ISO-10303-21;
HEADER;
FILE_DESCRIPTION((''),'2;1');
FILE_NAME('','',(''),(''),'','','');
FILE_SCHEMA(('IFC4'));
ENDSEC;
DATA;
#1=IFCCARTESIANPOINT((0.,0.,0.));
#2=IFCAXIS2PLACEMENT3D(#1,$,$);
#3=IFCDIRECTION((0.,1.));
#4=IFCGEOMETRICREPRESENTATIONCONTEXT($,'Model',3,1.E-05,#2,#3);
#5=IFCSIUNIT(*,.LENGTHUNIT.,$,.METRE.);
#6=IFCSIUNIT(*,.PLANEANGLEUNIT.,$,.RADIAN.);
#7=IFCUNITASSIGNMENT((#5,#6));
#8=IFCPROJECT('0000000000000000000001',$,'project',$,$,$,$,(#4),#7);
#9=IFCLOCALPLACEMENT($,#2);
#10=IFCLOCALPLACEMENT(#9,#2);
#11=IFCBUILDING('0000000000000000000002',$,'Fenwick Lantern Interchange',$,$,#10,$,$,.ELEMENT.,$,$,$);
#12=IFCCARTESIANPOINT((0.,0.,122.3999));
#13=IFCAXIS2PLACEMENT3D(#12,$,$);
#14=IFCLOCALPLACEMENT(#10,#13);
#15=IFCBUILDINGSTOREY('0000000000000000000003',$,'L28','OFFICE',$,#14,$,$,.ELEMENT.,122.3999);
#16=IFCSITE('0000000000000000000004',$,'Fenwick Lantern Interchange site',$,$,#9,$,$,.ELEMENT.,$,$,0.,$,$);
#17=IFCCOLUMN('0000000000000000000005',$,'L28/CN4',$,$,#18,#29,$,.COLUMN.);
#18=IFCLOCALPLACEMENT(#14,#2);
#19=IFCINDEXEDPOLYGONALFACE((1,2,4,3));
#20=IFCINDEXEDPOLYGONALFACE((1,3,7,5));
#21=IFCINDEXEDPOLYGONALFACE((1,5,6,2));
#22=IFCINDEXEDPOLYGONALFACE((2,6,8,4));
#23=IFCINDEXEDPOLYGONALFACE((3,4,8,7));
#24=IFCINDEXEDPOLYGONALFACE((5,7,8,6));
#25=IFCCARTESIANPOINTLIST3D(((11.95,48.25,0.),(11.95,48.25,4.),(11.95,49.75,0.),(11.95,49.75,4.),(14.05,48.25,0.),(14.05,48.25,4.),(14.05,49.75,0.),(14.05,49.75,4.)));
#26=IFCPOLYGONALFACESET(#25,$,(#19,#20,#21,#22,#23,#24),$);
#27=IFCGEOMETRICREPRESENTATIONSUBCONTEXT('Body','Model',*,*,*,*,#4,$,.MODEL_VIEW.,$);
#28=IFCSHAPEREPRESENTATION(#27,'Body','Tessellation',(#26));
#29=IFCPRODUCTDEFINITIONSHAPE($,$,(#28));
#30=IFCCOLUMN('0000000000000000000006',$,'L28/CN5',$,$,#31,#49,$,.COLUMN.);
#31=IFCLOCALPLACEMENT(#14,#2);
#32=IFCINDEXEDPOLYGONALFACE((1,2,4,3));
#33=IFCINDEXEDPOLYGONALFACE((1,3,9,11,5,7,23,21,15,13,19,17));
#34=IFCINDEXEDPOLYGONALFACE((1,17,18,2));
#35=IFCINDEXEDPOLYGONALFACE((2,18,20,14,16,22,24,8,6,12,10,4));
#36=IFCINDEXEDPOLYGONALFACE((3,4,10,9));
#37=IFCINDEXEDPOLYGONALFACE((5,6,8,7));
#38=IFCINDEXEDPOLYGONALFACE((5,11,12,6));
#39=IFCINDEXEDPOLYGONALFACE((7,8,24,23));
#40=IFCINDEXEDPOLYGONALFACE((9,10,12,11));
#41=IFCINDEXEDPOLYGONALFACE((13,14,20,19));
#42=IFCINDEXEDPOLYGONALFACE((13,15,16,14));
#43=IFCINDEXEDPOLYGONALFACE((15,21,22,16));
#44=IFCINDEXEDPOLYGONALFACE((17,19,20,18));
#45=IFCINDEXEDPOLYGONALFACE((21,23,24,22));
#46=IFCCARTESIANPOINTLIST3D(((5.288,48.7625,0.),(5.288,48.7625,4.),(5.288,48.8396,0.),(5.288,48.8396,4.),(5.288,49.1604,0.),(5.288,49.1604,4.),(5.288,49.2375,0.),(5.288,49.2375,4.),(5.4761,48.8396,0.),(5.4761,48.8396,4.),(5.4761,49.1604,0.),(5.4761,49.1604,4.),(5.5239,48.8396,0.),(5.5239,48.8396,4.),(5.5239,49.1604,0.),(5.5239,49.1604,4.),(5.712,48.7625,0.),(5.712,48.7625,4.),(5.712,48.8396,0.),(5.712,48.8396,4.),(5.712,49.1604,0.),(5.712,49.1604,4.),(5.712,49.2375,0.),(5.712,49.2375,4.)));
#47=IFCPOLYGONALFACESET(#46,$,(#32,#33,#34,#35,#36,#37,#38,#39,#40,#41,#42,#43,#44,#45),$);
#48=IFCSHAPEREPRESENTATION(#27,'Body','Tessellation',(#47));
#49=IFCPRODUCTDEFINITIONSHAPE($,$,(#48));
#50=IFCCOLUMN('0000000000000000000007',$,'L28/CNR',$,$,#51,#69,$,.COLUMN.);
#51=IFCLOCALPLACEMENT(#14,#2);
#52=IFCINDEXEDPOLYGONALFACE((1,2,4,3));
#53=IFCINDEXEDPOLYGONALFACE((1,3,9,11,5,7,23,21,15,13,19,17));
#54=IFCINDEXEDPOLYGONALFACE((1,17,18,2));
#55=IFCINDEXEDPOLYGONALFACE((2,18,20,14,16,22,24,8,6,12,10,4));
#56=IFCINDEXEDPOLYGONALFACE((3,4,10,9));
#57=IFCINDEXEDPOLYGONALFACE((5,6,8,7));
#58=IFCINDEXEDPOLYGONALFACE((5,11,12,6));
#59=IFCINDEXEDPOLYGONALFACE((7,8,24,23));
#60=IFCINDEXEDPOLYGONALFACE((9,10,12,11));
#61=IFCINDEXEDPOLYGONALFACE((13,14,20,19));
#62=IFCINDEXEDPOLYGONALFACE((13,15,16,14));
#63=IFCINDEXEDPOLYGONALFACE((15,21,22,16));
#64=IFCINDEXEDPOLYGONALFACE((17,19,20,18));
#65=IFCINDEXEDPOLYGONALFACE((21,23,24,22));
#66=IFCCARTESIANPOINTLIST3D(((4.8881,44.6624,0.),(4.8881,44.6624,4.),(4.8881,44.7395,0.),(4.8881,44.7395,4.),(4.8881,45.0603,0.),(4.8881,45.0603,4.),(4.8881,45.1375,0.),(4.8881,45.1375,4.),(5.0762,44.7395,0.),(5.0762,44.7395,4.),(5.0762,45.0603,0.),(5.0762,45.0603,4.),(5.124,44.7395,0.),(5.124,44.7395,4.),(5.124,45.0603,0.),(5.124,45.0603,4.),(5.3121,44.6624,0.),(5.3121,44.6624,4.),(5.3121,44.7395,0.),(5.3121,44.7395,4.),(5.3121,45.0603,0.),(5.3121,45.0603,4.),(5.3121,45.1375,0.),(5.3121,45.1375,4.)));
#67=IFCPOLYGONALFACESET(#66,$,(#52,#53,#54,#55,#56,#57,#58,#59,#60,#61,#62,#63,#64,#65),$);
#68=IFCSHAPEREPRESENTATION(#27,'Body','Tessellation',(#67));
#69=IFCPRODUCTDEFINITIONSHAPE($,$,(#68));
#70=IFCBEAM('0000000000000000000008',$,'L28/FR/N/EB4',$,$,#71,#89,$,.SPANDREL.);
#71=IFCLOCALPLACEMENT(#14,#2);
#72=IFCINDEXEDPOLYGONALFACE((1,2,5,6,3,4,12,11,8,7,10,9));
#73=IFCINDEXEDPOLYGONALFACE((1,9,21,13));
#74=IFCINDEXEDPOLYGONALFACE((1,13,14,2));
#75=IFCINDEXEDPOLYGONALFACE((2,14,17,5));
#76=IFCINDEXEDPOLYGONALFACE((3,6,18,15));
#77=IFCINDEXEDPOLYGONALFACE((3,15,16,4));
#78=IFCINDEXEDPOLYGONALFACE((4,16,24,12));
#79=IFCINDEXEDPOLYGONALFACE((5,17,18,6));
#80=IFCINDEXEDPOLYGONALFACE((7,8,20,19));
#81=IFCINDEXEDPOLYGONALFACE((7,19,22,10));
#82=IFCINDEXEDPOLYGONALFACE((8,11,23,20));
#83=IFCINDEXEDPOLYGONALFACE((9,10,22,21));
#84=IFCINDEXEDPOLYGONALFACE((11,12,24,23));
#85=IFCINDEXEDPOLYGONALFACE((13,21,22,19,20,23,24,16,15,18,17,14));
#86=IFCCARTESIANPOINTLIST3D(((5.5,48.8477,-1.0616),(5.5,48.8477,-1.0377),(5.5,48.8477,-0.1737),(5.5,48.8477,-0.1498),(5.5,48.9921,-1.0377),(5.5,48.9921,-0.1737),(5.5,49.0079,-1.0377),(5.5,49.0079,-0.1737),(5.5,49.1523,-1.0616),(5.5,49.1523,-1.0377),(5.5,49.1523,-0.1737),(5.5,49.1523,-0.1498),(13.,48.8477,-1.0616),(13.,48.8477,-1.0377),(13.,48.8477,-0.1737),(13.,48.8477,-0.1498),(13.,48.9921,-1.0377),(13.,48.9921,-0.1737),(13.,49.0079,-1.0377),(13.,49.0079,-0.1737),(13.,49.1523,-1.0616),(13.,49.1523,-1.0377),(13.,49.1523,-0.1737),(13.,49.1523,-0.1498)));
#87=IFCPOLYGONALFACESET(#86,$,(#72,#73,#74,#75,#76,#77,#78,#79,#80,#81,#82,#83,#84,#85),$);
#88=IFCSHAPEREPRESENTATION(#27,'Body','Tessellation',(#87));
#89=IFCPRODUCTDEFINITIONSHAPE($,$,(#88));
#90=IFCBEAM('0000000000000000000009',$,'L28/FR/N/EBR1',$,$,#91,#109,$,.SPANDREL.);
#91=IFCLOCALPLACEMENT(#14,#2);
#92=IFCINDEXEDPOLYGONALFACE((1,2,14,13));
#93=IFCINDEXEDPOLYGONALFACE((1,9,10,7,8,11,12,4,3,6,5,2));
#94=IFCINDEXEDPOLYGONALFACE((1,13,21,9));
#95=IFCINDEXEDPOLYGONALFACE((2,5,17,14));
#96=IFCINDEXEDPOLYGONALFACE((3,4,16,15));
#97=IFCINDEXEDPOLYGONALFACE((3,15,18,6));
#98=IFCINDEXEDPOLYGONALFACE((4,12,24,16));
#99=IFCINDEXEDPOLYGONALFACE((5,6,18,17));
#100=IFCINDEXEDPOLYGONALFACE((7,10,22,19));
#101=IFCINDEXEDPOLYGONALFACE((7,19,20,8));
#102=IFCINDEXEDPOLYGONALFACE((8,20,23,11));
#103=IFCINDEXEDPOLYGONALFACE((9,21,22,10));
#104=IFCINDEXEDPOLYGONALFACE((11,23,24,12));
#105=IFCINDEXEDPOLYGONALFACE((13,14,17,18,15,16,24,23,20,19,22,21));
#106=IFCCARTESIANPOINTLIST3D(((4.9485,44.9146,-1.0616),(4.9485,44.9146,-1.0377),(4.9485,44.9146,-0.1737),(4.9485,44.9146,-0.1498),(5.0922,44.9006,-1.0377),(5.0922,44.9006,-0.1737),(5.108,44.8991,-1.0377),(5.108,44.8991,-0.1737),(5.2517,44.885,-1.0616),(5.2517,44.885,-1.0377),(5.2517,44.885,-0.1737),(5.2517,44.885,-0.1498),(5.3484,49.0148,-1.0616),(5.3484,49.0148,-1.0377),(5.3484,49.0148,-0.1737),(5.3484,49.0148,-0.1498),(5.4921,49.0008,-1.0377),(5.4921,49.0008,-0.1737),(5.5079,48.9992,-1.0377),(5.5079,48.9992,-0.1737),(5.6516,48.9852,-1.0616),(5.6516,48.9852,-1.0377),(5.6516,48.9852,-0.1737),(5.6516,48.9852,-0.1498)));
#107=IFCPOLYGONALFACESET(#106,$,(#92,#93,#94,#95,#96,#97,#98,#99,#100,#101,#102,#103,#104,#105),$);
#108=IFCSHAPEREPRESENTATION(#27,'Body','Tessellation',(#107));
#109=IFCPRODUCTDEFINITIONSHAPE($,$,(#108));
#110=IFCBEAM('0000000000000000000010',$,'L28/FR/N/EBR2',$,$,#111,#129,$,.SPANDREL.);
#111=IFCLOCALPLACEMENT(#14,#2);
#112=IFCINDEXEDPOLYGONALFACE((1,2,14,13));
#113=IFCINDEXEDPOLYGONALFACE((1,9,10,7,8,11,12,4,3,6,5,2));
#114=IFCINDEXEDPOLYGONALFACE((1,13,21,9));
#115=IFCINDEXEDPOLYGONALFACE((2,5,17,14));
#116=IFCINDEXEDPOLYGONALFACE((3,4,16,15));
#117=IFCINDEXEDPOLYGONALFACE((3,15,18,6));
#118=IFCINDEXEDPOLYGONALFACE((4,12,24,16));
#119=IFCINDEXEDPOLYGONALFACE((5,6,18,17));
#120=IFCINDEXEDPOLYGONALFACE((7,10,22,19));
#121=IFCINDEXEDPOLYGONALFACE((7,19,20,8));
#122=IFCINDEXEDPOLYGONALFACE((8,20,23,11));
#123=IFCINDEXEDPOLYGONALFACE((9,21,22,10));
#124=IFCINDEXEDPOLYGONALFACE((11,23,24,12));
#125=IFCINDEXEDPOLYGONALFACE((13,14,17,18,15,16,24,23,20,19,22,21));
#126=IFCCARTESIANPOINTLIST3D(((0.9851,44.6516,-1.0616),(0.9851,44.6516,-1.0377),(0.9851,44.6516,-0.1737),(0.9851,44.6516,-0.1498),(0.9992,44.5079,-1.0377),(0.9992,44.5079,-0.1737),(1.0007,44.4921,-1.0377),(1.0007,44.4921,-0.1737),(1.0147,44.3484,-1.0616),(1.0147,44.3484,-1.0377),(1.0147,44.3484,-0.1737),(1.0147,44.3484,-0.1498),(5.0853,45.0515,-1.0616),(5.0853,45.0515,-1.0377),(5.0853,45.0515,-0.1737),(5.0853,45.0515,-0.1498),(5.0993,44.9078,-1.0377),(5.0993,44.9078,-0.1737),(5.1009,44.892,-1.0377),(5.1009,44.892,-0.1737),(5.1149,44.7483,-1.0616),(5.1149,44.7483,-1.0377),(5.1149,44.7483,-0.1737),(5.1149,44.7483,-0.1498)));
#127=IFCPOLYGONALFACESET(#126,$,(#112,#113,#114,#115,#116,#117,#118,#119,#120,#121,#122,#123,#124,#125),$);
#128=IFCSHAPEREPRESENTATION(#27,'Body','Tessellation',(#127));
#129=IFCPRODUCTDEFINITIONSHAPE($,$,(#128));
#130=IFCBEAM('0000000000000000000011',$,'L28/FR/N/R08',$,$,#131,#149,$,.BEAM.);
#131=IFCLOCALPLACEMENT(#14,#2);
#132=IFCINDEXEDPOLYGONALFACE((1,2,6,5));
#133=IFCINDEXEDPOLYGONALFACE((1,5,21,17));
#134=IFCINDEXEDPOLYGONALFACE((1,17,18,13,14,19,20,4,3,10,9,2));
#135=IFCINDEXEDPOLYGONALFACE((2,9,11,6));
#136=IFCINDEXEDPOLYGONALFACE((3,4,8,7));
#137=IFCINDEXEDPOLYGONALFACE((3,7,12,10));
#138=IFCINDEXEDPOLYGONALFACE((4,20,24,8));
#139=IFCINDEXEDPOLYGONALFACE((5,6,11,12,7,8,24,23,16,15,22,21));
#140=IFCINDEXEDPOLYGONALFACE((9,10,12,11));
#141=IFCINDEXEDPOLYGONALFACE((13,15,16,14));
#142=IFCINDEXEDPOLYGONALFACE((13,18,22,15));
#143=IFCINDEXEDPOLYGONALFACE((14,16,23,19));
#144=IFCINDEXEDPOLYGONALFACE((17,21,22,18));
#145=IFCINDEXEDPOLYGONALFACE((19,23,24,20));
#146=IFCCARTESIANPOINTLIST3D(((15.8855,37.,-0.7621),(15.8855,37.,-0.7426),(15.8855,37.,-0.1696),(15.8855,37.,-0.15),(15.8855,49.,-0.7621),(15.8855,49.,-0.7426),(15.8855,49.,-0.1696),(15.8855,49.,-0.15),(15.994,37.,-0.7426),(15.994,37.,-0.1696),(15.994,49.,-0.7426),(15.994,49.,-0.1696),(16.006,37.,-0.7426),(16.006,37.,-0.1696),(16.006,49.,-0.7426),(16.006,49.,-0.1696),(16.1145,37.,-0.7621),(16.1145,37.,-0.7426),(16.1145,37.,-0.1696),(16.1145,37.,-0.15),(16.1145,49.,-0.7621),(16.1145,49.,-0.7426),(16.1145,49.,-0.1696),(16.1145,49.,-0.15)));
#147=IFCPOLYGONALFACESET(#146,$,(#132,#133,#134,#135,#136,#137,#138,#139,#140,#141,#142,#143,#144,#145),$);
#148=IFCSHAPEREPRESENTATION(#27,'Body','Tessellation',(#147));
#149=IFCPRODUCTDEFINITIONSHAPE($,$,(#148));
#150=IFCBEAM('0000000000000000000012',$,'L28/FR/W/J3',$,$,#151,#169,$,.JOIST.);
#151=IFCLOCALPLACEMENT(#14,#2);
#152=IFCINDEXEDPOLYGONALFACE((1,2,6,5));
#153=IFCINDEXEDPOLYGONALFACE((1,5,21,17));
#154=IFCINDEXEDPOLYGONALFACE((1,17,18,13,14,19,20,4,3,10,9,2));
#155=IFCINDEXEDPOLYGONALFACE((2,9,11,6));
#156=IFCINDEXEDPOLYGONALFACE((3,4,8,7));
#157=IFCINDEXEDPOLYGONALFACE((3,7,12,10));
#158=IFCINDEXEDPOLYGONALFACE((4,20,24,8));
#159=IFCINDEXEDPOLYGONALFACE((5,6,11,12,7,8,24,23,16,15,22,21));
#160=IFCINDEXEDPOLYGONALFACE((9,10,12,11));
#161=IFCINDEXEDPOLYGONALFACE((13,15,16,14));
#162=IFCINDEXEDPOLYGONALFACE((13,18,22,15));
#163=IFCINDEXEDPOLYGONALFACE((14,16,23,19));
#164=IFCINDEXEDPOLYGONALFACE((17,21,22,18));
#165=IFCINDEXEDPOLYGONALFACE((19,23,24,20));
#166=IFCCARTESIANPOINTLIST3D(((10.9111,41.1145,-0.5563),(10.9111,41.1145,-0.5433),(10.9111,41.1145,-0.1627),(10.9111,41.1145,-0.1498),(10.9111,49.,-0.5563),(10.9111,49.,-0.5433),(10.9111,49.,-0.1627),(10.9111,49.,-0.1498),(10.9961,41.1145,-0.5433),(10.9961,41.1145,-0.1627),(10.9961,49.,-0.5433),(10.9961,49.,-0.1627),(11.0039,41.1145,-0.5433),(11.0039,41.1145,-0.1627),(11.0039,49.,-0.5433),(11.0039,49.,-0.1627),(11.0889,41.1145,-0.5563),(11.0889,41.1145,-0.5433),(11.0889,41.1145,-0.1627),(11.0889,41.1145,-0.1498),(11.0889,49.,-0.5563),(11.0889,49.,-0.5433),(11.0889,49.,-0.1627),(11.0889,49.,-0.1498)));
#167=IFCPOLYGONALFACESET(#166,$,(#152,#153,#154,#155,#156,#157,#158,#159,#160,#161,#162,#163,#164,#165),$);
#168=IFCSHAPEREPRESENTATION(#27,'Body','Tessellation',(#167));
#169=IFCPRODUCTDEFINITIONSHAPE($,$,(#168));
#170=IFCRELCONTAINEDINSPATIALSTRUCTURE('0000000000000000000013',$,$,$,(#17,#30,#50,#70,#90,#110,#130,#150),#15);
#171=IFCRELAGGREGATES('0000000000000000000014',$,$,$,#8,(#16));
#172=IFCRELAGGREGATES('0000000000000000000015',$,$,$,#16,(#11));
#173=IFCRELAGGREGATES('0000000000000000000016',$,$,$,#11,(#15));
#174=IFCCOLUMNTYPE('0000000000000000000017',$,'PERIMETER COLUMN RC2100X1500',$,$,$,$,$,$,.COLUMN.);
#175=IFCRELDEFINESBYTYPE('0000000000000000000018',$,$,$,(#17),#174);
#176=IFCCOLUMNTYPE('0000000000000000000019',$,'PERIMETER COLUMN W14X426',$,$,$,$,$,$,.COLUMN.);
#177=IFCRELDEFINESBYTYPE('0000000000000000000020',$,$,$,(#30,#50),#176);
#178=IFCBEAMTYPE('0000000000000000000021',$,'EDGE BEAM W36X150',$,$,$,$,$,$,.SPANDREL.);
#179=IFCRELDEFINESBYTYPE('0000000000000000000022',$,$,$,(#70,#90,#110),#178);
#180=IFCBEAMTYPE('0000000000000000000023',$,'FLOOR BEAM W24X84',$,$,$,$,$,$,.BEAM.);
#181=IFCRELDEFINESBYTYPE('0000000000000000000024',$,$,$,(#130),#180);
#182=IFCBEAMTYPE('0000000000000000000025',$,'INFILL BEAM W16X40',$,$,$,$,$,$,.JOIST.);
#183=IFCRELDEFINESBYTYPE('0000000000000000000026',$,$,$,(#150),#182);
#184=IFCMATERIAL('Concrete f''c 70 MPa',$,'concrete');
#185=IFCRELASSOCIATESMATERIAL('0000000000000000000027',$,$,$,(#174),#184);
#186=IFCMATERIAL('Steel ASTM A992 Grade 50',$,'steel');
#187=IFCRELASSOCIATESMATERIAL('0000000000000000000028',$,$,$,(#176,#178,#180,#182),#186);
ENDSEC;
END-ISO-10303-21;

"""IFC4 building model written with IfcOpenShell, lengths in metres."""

from ifc_helpers import new_model, si_unit, direction, frame, origin, origin_2d, place, context, subcontext, project, spatial, rectangle, i_section, extrude, material, material_profile, profile_set, type_object, element, save


model = new_model("IFC4")

# Units and contexts
model_context = context("Model", 3, precision=1e-05, world=origin(), true_north=direction((0.0, 1.0)))
body_context = subcontext(model_context, "Body", "Model", "MODEL_VIEW")
ifc_project = project(units=[si_unit("LENGTHUNIT", "METRE"), si_unit("PLANEANGLEUNIT", "RADIAN")], contexts=[model_context])

# Site, building, storey
site_placement = place(None, origin())
site = spatial("IfcSite", under=ifc_project, at=site_placement, Name="Fenwick Lantern Interchange site", CompositionType="ELEMENT", RefElevation=0.0)
building_placement = place(site_placement, origin())
building = spatial("IfcBuilding", under=site, at=building_placement, Name="Fenwick Lantern Interchange", CompositionType="ELEMENT")
storey_placement = place(building_placement, frame((0.0, 0.0, 122.3999)))
storey = spatial("IfcBuildingStorey", under=building, at=storey_placement, Name="L28", Description="OFFICE", CompositionType="ELEMENT", Elevation=122.3999)

# Columns
ifc_material_1 = material(Name="Concrete f'c 70 MPa", Category="concrete")
ifc_material_profile_1 = material_profile(ifc_material_1, rectangle(XDim=2.1001, YDim=1.5, at=origin_2d()), Name="RC2100X1500")
ifc_profile_set_1 = profile_set([ifc_material_profile_1], Name="Concrete f'c 70 MPa")
column_type_1 = type_object("IfcColumnType", Name="PERIMETER COLUMN RC2100X1500", PredefinedType="COLUMN", material=ifc_profile_set_1)
column_placement = place(storey_placement, frame((13.0, 49.0, 0.0), z_axis=(0.0, 0.0, 1.0), x_axis=(1.0, 0.0, 0.0)))
element("IfcColumn", 1, at=column_placement, inside=storey, type_object=column_type_1, Name="L28/CN4", PredefinedType="COLUMN", context=body_context, shape_type="SweptSolid", body=[
    extrude(rectangle(XDim=2.1001, YDim=1.5, at=origin_2d()), origin(), (0.0, 0.0, 1.0), 4.0),
])
ifc_material_2 = material(Name="Steel ASTM A992 Grade 50", Category="steel")
ifc_material_profile_2 = material_profile(ifc_material_2, i_section(OverallWidth=0.4241, OverallDepth=0.4751, WebThickness=0.0479, FlangeThickness=0.0771, at=origin_2d()), Name="W14X426")
ifc_profile_set_2 = profile_set([ifc_material_profile_2], Name="Steel ASTM A992 Grade 50")
column_type_2 = type_object("IfcColumnType", Name="PERIMETER COLUMN W14X426", PredefinedType="COLUMN", material=ifc_profile_set_2)
for number, where, z_axis, x_axis, name in (
    (2, (5.5, 49.0, 0.0), (0.0, 0.0, 1.0), (1.0, 0.0, 0.0), "L28/CN5"),
    (3, (5.1001, 44.8999, 0.0), (0.0, 0.0, 1.0), (1.0, 0.0, 0.0), "L28/CNR"),
):
    element("IfcColumn", number, at=place(storey_placement, frame(where, z_axis=z_axis, x_axis=x_axis)), inside=storey, type_object=column_type_2, Name=name, PredefinedType="COLUMN", context=body_context, shape_type="SweptSolid", body=[
        extrude(i_section(OverallWidth=0.4241, OverallDepth=0.4751, WebThickness=0.0479, FlangeThickness=0.0771, at=origin_2d()), origin(), (0.0, 0.0, 1.0), 4.0),
    ])

# Beams
ifc_material_profile_3 = material_profile(ifc_material_2, i_section(OverallWidth=0.3047, OverallDepth=0.9119, WebThickness=0.0159, FlangeThickness=0.0239, at=origin_2d()), Name="W36X150")
ifc_profile_set_3 = profile_set([ifc_material_profile_3], Name="Steel ASTM A992 Grade 50")
beam_type_1 = type_object("IfcBeamType", Name="EDGE BEAM W36X150", PredefinedType="SPANDREL", material=ifc_profile_set_3)
beam_1_placement = place(storey_placement, frame((13.0, 49.0, -0.6057), z_axis=(-1.0, 0.0, 0.0), x_axis=(0.0, -1.0, 0.0)))
element("IfcBeam", 4, at=beam_1_placement, inside=storey, type_object=beam_type_1, Name="L28/FR/N/EB4", PredefinedType="SPANDREL", context=body_context, shape_type="SweptSolid", body=[
    extrude(i_section(OverallWidth=0.3047, OverallDepth=0.9119, WebThickness=0.0159, FlangeThickness=0.0239, at=origin_2d()), origin(), (0.0, 0.0, 1.0), 7.5),
])
for number, where, z_axis, x_axis, name in (
    (5, (5.5, 49.0, -0.6057), (-0.097074, -0.995277, 0.0), (0.995277, -0.097074, 0.0), "L28/FR/N/EBR1"),
    (6, (5.1001, 44.8999, -0.6057), (-0.995277, -0.097074, 0.0), (0.097074, -0.995277, 0.0), "L28/FR/N/EBR2"),
):
    element("IfcBeam", number, at=place(storey_placement, frame(where, z_axis=z_axis, x_axis=x_axis)), inside=storey, type_object=beam_type_1, Name=name, PredefinedType="SPANDREL", context=body_context, shape_type="SweptSolid", body=[
        extrude(i_section(OverallWidth=0.3047, OverallDepth=0.9119, WebThickness=0.0159, FlangeThickness=0.0239, at=origin_2d()), origin(), (0.0, 0.0, 1.0), 4.1196),
    ])
ifc_material_profile_4 = material_profile(ifc_material_2, i_section(OverallWidth=0.229, OverallDepth=0.6121, WebThickness=0.012, FlangeThickness=0.0195, at=origin_2d()), Name="W24X84")
ifc_profile_set_4 = profile_set([ifc_material_profile_4], Name="Steel ASTM A992 Grade 50")
beam_type_2 = type_object("IfcBeamType", Name="FLOOR BEAM W24X84", PredefinedType="BEAM", material=ifc_profile_set_4)
beam_2_placement = place(storey_placement, frame((16.0, 49.0, -0.4561), z_axis=(0.0, -1.0, 0.0), x_axis=(1.0, 0.0, 0.0)))
element("IfcBeam", 7, at=beam_2_placement, inside=storey, type_object=beam_type_2, Name="L28/FR/N/R08", PredefinedType="BEAM", context=body_context, shape_type="SweptSolid", body=[
    extrude(i_section(OverallWidth=0.229, OverallDepth=0.6121, WebThickness=0.012, FlangeThickness=0.0195, at=origin_2d()), origin(), (0.0, 0.0, 1.0), 12.0),
])
ifc_material_profile_5 = material_profile(ifc_material_2, i_section(OverallWidth=0.1777, OverallDepth=0.4065, WebThickness=0.0078, FlangeThickness=0.0129, at=origin_2d()), Name="W16X40")
ifc_profile_set_5 = profile_set([ifc_material_profile_5], Name="Steel ASTM A992 Grade 50")
beam_type_3 = type_object("IfcBeamType", Name="INFILL BEAM W16X40", PredefinedType="JOIST", material=ifc_profile_set_5)
beam_3_placement = place(storey_placement, frame((11.0, 49.0, -0.353), z_axis=(0.0, -1.0, 0.0), x_axis=(1.0, 0.0, 0.0)))
element("IfcBeam", 8, at=beam_3_placement, inside=storey, type_object=beam_type_3, Name="L28/FR/W/J3", PredefinedType="JOIST", context=body_context, shape_type="SweptSolid", body=[
    extrude(i_section(OverallWidth=0.1777, OverallDepth=0.4065, WebThickness=0.0078, FlangeThickness=0.0129, at=origin_2d()), origin(), (0.0, 0.0, 1.0), 7.8855),
])

save(model, "model.ifc")
